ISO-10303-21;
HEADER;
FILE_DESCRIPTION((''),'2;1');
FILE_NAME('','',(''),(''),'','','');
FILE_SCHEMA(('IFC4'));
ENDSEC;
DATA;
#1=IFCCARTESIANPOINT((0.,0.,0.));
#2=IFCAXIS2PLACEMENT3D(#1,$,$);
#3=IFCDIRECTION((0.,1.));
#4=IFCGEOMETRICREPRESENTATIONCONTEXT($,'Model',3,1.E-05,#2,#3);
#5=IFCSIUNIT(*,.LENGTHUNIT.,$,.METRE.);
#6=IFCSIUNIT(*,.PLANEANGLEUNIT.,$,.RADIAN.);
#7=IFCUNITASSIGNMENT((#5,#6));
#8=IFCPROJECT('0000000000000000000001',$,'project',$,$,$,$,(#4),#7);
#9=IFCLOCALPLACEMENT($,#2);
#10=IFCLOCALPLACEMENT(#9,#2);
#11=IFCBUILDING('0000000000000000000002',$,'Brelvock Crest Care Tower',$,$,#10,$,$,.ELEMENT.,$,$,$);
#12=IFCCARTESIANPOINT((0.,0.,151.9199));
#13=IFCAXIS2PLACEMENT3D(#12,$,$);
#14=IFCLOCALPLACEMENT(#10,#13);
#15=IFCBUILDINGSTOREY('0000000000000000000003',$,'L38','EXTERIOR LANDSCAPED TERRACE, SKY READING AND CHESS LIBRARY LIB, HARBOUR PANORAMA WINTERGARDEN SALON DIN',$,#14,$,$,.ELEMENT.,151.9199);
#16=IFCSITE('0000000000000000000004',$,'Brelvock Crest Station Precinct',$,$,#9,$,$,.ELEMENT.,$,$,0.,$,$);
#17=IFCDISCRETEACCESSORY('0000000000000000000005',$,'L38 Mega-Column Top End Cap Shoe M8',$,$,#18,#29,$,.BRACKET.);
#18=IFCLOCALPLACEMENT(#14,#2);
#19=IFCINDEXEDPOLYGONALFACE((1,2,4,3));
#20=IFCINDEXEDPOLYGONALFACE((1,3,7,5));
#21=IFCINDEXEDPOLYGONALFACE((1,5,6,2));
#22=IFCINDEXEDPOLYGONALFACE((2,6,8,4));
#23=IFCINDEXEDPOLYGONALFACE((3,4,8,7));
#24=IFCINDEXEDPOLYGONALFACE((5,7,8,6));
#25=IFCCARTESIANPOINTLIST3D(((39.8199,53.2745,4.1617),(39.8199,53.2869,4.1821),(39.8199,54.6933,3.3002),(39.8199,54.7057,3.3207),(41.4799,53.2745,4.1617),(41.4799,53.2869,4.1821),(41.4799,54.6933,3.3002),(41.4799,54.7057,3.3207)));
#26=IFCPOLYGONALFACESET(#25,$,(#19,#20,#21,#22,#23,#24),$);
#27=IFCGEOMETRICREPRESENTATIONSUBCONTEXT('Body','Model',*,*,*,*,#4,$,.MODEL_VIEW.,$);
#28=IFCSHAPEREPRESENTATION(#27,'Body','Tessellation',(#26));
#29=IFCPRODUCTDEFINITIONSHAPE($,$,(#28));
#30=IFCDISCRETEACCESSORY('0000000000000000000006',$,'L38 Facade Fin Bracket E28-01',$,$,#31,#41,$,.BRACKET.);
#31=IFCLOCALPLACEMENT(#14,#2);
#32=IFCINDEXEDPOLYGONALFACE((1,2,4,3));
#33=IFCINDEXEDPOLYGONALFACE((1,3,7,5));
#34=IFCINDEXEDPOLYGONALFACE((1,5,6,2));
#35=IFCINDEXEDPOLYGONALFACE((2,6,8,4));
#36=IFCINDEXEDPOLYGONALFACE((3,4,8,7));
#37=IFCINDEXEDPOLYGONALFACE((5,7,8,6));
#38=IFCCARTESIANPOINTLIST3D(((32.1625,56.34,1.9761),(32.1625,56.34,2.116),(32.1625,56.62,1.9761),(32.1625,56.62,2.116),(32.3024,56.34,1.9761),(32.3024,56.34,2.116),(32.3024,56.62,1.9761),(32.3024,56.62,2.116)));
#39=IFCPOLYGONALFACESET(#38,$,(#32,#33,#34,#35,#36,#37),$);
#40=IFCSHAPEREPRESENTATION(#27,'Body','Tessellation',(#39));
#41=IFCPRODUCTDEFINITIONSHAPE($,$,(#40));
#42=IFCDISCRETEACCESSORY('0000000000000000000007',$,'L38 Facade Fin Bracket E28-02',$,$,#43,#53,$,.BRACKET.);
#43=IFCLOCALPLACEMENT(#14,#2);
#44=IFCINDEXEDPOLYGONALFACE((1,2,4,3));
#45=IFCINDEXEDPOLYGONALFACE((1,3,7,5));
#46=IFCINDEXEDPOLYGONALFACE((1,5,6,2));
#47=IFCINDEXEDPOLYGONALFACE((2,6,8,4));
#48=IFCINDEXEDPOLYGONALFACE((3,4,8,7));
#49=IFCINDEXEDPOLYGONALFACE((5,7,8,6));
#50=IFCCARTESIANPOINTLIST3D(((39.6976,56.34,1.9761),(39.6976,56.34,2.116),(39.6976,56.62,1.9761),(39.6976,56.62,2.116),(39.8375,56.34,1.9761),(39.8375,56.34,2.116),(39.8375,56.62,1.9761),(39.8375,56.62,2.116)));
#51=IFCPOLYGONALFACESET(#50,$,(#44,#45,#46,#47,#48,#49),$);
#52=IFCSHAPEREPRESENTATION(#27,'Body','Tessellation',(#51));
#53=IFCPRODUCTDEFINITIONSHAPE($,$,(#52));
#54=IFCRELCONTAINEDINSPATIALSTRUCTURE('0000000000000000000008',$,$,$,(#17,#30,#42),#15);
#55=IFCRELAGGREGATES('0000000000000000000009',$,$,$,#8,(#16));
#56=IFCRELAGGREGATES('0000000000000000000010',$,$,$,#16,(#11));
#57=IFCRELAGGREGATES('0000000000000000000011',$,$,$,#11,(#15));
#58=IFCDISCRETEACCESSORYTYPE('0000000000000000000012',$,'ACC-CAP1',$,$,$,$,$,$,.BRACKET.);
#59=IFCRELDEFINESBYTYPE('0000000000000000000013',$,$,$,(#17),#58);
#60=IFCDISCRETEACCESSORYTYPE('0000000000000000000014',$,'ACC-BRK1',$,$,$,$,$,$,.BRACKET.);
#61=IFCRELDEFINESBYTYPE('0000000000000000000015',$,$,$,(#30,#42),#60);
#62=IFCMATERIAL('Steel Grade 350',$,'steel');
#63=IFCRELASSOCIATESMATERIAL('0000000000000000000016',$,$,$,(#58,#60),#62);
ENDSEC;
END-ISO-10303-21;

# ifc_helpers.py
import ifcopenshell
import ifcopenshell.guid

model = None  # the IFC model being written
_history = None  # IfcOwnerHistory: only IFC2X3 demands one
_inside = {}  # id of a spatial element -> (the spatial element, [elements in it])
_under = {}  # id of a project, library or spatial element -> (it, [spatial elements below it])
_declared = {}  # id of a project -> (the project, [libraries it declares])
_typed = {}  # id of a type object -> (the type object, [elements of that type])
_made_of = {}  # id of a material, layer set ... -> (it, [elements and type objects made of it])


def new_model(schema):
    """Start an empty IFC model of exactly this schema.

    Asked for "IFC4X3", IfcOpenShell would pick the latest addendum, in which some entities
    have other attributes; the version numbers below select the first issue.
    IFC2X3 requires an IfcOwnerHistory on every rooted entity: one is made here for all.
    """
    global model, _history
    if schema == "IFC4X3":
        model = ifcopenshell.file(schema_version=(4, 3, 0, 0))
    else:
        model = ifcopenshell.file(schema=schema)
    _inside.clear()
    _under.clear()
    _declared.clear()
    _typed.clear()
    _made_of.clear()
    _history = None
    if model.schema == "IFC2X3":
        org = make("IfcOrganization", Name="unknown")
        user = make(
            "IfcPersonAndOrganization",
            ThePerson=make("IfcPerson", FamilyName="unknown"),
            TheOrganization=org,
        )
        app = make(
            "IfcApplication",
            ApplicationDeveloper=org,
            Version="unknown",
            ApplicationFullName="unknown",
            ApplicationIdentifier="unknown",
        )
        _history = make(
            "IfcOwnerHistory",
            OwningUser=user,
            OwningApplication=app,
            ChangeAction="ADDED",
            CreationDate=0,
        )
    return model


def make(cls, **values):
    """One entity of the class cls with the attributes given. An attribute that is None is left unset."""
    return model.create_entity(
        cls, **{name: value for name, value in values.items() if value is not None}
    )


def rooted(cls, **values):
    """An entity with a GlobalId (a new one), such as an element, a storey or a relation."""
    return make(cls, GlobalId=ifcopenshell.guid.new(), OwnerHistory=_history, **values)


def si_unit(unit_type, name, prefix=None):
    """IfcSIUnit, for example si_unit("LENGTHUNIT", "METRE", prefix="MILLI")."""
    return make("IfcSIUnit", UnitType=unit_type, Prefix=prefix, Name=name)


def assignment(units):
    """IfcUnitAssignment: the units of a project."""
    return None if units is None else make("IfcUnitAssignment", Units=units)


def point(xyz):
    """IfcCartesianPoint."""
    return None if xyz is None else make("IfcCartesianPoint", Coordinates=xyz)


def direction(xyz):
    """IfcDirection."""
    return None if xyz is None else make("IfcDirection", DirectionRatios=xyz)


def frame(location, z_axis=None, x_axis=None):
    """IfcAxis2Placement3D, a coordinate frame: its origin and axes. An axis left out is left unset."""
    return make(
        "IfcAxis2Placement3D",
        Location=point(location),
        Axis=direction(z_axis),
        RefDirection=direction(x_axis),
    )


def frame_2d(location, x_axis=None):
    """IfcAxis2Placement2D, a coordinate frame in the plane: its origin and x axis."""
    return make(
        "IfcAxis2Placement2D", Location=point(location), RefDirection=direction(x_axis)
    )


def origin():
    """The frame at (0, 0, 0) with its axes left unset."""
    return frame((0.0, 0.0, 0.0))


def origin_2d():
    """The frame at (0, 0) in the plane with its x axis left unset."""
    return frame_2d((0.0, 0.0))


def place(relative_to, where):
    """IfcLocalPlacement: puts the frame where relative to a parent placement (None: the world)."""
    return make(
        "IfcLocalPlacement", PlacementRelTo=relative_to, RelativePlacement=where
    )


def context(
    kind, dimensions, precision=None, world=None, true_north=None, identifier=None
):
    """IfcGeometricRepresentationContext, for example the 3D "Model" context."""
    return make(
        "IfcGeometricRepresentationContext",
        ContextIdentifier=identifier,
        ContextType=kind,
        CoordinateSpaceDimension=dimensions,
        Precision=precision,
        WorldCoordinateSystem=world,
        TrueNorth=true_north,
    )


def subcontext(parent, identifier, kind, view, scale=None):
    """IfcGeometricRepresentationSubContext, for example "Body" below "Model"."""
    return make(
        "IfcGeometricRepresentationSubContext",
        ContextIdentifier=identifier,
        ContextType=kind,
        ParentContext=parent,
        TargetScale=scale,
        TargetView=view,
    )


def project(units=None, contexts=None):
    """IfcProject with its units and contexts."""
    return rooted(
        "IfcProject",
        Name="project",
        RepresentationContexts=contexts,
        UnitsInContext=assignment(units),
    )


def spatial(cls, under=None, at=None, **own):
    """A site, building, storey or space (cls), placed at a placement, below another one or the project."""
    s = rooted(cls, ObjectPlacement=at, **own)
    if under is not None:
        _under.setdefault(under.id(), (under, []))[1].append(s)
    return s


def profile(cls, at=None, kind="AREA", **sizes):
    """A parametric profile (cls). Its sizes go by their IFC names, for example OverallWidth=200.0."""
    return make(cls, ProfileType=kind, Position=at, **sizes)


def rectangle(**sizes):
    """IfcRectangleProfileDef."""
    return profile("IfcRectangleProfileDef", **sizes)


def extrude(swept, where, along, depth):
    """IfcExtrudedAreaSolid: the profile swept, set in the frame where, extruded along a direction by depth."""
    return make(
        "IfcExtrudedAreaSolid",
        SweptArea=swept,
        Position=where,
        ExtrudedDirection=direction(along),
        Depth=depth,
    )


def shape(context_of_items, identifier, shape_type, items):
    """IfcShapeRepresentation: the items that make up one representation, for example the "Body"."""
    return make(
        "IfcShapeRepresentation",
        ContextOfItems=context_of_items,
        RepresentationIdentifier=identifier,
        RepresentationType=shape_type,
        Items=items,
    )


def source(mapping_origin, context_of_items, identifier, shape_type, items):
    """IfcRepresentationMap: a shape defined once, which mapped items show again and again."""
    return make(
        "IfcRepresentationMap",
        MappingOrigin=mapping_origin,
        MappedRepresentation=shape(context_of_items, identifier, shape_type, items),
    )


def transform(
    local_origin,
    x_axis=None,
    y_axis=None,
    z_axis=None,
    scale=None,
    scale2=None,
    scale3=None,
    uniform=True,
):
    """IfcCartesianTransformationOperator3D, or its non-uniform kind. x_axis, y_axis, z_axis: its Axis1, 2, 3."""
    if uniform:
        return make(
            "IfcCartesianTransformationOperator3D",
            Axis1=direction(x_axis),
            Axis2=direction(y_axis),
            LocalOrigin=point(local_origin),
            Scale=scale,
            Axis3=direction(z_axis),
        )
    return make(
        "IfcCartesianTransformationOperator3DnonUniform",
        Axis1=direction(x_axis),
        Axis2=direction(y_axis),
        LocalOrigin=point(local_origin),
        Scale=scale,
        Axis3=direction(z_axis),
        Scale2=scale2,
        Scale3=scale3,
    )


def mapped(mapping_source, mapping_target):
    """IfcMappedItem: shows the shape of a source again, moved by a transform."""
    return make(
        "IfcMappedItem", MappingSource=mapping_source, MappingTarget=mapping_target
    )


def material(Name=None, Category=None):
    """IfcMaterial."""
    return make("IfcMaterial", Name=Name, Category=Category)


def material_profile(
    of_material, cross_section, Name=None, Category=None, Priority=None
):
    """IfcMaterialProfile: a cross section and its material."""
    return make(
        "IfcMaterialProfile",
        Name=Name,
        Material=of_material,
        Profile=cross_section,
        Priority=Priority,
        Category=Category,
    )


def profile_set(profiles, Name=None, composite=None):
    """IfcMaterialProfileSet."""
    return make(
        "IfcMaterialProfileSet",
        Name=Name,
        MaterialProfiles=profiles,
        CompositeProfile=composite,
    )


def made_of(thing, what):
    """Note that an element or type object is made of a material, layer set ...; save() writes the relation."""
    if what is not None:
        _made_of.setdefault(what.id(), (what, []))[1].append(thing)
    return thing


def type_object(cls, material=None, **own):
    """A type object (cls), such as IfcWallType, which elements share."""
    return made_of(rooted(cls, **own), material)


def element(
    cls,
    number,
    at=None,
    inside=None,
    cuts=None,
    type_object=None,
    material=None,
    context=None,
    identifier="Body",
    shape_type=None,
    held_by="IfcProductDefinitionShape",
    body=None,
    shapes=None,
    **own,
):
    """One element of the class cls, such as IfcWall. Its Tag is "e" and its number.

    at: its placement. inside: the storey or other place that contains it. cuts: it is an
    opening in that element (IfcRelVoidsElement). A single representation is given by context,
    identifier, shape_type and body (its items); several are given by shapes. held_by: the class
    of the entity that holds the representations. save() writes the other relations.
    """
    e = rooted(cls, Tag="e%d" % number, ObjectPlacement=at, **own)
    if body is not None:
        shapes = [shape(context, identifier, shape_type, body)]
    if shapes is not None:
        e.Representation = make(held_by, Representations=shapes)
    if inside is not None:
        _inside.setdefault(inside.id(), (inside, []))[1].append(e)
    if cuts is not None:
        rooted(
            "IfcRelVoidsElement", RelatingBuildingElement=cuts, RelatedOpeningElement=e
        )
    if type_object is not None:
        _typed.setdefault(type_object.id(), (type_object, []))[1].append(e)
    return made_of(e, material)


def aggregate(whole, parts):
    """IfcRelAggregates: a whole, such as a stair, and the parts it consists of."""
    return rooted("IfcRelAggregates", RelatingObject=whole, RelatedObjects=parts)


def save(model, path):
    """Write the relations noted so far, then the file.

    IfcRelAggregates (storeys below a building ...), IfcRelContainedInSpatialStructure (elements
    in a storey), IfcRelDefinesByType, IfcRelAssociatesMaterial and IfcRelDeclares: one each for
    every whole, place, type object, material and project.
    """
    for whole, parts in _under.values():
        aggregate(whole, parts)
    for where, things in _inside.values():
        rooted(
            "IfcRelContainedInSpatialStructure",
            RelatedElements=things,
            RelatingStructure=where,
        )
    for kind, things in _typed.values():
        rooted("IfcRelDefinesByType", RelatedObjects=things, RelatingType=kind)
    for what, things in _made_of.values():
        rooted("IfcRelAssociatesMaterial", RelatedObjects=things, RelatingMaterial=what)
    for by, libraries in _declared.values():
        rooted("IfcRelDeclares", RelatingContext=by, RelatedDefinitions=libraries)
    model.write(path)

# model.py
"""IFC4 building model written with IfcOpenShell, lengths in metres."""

from ifc_helpers import new_model, si_unit, direction, frame, origin, origin_2d, place, context, subcontext, project, spatial, rectangle, extrude, source, transform, mapped, material, material_profile, profile_set, type_object, element, save


model = new_model("IFC4")

# Units and contexts
model_context = context("Model", 3, precision=1e-05, world=origin(), true_north=direction((0.0, 1.0)))
body_context = subcontext(model_context, "Body", "Model", "MODEL_VIEW")
ifc_project = project(units=[si_unit("LENGTHUNIT", "METRE"), si_unit("PLANEANGLEUNIT", "RADIAN")], contexts=[model_context])

# Site, building, storey
site_placement = place(None, origin())
site = spatial("IfcSite", under=ifc_project, at=site_placement, Name="Brelvock Crest Station Precinct", CompositionType="ELEMENT", RefElevation=0.0)
building_placement = place(site_placement, origin())
building = spatial("IfcBuilding", under=site, at=building_placement, Name="Brelvock Crest Care Tower", CompositionType="ELEMENT")
storey_placement = place(building_placement, frame((0.0, 0.0, 151.9199)))
storey = spatial("IfcBuildingStorey", under=building, at=storey_placement, Name="L38", Description="EXTERIOR LANDSCAPED TERRACE, SKY READING AND CHESS LIBRARY LIB, HARBOUR PANORAMA WINTERGARDEN SALON DIN", CompositionType="ELEMENT", Elevation=151.9199)

# Shared definitions
ifc_material_1 = material(Name="Steel Grade 350", Category="steel")

# Discrete accessories
ifc_material_profile_1 = material_profile(ifc_material_1, rectangle(XDim=1.6599, YDim=1.6599, at=origin_2d()), Name="ACC-CAP1")
ifc_profile_set_1 = profile_set([ifc_material_profile_1], Name="Steel Grade 350")
discrete_accessory_type_1 = type_object("IfcDiscreteAccessoryType", Name="ACC-CAP1", PredefinedType="BRACKET", material=ifc_profile_set_1)
shared_shape_1 = source(origin(), body_context, "Body", "SweptSolid", [
    extrude(rectangle(XDim=1.6599, YDim=1.6599, at=origin_2d()), origin(), (0.0, 0.0, 1.0), 0.0239),
])
discrete_accessory_placement = place(storey_placement, frame((40.6499, 53.9839, 3.731), z_axis=(0.0, 0.518978, 0.854788), x_axis=(-1.0, 0.0, 0.0)))
element("IfcDiscreteAccessory", 1, at=discrete_accessory_placement, inside=storey, type_object=discrete_accessory_type_1, Name="L38 Mega-Column Top End Cap Shoe M8", PredefinedType="BRACKET", context=body_context, shape_type="MappedRepresentation", body=[
    mapped(shared_shape_1, transform((0.0, 0.0, 0.0), x_axis=(1.0, 0.0, 0.0), y_axis=(0.0, 1.0, 0.0), z_axis=(0.0, 0.0, 1.0), scale=1.0)),
])
discrete_accessory_type_2 = type_object("IfcDiscreteAccessoryType", Name="ACC-BRK1", PredefinedType="BRACKET", material=ifc_material_1)
shared_shape_2 = source(origin(), body_context, "Body", "SweptSolid", [
    extrude(rectangle(XDim=0.28, YDim=0.1399, at=origin_2d()), origin(), (0.0, 0.0, 1.0), 0.1399),
])
for number, where, z_axis, x_axis, name in (
    (2, (32.2324, 56.48, 1.9761), (0.0, 0.0, 1.0), (0.0, 1.0, 0.0), "L38 Facade Fin Bracket E28-01"),
    (3, (39.7676, 56.48, 1.9761), (0.0, 0.0, 1.0), (0.0, 1.0, 0.0), "L38 Facade Fin Bracket E28-02"),
):
    element("IfcDiscreteAccessory", number, at=place(storey_placement, frame(where, z_axis=z_axis, x_axis=x_axis)), inside=storey, type_object=discrete_accessory_type_2, Name=name, PredefinedType="BRACKET", context=body_context, shape_type="MappedRepresentation", body=[
        mapped(shared_shape_2, transform((0.0, 0.0, 0.0), x_axis=(1.0, 0.0, 0.0), y_axis=(0.0, 1.0, 0.0), z_axis=(0.0, 0.0, 1.0), scale=1.0)),
    ])

save(model, "model.ifc")
